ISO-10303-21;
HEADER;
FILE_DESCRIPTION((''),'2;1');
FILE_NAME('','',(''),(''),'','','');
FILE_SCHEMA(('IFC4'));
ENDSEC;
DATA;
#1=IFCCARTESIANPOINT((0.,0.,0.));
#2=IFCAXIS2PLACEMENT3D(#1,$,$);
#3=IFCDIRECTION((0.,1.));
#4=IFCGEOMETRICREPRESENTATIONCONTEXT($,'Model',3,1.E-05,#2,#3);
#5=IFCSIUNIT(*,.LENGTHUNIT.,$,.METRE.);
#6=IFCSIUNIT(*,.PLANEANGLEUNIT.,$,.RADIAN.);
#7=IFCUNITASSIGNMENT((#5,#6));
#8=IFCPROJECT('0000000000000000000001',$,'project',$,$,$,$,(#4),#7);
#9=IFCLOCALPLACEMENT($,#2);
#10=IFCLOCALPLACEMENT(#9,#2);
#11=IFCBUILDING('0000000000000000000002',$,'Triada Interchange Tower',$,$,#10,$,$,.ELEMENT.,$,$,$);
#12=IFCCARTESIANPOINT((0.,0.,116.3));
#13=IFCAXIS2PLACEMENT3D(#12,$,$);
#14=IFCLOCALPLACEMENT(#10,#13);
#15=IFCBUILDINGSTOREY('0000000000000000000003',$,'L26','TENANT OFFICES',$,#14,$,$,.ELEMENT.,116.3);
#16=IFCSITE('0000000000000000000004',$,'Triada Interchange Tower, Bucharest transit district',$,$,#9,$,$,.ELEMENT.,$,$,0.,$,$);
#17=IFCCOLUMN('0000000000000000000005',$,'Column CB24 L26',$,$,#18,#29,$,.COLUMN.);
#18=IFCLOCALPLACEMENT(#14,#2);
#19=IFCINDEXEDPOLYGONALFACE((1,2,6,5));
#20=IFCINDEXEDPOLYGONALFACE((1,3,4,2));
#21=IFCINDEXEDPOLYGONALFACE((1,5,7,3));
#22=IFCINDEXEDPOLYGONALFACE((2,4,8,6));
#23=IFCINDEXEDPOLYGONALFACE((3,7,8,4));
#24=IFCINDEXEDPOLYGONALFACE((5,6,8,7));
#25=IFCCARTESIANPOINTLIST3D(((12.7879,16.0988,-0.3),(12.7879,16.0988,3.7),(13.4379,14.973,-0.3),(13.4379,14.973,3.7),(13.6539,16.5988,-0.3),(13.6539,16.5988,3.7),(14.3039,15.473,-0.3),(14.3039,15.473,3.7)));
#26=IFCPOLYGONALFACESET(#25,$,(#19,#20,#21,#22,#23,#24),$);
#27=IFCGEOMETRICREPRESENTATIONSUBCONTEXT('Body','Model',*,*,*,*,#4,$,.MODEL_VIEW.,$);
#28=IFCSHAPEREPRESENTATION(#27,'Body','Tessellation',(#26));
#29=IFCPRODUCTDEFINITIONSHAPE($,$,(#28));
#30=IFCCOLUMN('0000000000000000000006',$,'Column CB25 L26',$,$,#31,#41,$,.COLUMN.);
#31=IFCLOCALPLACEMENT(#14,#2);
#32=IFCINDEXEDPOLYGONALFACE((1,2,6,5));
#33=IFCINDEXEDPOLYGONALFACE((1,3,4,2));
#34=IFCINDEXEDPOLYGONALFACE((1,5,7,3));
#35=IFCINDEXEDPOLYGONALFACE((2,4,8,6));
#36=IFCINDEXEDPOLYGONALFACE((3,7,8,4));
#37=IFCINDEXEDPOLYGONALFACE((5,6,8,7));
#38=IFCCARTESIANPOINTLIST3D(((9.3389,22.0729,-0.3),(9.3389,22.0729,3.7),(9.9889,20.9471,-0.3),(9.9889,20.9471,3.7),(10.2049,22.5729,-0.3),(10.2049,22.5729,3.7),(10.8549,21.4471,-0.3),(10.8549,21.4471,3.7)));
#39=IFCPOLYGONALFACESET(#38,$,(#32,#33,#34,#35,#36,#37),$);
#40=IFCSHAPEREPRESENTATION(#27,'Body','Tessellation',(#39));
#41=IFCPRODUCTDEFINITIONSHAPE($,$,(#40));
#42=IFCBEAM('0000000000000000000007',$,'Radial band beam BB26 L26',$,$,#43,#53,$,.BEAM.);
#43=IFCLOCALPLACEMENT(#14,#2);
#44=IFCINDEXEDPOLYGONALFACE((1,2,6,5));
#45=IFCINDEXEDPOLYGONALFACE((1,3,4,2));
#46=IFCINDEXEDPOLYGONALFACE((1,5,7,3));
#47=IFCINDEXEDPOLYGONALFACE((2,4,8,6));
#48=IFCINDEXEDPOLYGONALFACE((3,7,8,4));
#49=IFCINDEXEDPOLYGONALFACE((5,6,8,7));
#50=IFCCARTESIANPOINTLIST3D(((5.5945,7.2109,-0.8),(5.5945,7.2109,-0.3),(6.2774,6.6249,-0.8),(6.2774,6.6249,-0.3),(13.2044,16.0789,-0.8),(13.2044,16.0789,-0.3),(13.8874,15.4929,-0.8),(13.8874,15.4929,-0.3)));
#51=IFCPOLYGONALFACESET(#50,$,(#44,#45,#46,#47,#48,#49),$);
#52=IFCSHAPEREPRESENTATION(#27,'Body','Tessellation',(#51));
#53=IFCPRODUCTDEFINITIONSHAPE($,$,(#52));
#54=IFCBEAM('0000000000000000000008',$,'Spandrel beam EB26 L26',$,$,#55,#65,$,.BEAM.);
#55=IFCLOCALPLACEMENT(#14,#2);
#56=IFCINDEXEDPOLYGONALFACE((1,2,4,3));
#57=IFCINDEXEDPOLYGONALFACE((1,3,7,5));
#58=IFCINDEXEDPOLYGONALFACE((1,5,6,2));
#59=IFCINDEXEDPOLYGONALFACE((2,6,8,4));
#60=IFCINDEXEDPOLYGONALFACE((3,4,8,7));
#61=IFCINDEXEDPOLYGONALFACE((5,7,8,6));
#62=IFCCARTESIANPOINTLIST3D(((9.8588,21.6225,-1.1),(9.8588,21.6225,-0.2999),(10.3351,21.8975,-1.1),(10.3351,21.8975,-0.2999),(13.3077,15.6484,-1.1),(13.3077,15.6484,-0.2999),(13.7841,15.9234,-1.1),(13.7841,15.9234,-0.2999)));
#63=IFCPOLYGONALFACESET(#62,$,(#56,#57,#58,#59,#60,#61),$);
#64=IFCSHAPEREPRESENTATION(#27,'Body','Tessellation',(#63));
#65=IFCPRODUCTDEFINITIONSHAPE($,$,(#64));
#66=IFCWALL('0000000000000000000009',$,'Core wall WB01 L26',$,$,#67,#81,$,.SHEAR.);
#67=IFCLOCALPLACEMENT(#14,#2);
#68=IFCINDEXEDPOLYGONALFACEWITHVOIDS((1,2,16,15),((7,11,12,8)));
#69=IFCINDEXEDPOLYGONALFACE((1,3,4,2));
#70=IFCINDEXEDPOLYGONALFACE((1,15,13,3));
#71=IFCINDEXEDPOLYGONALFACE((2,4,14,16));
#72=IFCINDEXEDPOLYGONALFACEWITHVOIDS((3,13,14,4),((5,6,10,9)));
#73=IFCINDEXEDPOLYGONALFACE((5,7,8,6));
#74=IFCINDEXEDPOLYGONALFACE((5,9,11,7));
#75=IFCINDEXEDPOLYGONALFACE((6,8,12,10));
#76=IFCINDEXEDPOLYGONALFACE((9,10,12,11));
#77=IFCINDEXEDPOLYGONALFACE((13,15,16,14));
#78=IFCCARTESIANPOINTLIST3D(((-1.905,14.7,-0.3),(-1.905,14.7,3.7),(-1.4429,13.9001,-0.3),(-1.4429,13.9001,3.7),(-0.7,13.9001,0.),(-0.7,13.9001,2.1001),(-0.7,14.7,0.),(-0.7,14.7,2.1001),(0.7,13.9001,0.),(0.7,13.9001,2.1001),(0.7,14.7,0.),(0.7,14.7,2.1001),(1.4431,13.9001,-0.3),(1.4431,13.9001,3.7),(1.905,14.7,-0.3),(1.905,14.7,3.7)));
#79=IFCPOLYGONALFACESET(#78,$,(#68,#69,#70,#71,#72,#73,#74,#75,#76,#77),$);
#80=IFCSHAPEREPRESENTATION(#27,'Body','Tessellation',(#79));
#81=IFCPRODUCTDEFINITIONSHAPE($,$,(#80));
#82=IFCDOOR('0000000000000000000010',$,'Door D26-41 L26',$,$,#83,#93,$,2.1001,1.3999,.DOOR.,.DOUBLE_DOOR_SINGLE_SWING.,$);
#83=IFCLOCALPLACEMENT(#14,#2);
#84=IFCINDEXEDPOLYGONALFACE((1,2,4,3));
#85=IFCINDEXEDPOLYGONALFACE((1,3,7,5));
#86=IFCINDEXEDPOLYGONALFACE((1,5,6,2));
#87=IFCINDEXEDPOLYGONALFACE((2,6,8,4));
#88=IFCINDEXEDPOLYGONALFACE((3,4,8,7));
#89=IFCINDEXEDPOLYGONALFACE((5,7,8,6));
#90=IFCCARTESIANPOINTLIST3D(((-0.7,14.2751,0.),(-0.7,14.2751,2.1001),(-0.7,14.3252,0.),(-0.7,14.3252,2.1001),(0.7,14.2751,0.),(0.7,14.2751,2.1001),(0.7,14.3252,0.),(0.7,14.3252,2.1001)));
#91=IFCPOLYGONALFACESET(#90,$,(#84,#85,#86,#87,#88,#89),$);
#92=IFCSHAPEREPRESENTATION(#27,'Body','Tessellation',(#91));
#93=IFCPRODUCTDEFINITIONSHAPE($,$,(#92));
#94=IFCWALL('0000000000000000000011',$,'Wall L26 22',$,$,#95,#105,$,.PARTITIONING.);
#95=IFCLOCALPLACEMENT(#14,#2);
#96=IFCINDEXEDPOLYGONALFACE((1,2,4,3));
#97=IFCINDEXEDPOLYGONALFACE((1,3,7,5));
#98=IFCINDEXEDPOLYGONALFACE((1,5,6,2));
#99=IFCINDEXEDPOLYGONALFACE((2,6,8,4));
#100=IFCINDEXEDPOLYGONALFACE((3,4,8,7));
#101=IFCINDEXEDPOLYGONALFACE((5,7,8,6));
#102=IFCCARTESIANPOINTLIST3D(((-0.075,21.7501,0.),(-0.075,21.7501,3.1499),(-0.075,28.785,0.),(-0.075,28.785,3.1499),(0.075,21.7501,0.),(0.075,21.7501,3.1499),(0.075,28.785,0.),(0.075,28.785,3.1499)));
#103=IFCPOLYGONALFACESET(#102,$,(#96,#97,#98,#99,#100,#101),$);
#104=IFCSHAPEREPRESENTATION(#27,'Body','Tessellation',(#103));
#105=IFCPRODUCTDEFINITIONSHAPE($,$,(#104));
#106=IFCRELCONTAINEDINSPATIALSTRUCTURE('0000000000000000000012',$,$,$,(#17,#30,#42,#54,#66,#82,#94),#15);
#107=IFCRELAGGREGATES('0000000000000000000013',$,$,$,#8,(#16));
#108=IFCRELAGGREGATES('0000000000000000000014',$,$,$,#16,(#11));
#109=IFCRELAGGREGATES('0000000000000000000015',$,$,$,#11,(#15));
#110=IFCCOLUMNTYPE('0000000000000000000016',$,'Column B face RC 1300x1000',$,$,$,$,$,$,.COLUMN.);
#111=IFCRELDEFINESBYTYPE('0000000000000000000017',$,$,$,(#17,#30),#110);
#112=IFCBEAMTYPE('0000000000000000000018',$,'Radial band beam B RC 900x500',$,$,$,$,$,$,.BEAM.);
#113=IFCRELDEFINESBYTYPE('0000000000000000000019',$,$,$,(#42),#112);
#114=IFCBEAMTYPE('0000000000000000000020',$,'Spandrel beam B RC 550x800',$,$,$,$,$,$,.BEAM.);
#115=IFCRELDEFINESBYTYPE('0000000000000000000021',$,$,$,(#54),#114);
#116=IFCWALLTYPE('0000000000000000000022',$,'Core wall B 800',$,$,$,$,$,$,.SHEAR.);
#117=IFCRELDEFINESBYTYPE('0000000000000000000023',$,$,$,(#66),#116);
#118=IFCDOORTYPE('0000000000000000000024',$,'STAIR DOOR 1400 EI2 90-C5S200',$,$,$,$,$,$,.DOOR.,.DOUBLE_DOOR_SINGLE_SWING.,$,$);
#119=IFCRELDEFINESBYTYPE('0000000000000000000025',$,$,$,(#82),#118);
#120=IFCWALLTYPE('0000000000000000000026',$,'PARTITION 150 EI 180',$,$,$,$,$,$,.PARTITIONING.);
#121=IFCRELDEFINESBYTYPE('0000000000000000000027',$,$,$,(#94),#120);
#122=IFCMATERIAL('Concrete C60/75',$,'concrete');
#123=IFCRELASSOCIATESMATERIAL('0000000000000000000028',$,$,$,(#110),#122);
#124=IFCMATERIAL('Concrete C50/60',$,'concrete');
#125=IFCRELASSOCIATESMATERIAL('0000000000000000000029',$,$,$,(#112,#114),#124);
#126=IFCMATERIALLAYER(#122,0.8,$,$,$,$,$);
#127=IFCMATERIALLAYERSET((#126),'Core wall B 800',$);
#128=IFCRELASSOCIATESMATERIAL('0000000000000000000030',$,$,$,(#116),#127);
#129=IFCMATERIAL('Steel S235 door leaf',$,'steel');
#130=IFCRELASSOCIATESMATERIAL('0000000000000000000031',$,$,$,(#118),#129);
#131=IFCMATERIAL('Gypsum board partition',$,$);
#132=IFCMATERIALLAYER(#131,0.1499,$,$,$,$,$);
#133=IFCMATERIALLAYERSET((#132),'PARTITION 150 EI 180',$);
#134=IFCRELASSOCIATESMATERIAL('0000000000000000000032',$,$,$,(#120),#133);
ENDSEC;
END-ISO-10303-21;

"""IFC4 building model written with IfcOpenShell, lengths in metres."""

from ifc_helpers import new_model, si_unit, direction, frame, frame_2d, origin, origin_2d, place, context, subcontext, project, spatial, polyline, rectangle, outline, extrude, material, layer, layer_set, material_profile, profile_set, type_object, element, fill, save


model = new_model("IFC4")

# Units and contexts
model_context = context("Model", 3, precision=1e-05, world=origin(), true_north=direction((0.0, 1.0)))
body_context = subcontext(model_context, "Body", "Model", "MODEL_VIEW")
ifc_project = project(units=[si_unit("LENGTHUNIT", "METRE"), si_unit("PLANEANGLEUNIT", "RADIAN")], contexts=[model_context])

# Site, building, storey
site_placement = place(None, origin())
site = spatial("IfcSite", under=ifc_project, at=site_placement, Name="Triada Interchange Tower, Bucharest transit district", CompositionType="ELEMENT", RefElevation=0.0)
building_placement = place(site_placement, origin())
building = spatial("IfcBuilding", under=site, at=building_placement, Name="Triada Interchange Tower", CompositionType="ELEMENT")
storey_placement = place(building_placement, frame((0.0, 0.0, 116.3)))
storey = spatial("IfcBuildingStorey", under=building, at=storey_placement, Name="L26", Description="TENANT OFFICES", CompositionType="ELEMENT", Elevation=116.3)

# Columns
ifc_material_1 = material(Name="Concrete C60/75", Category="concrete")
ifc_material_profile_1 = material_profile(ifc_material_1, rectangle(XDim=1.3, YDim=1.0, at=origin_2d()), Name="RC 1300x1000")
ifc_profile_set_1 = profile_set([ifc_material_profile_1], Name="Concrete C60/75")
column_type = type_object("IfcColumnType", Name="Column B face RC 1300x1000", PredefinedType="COLUMN", material=ifc_profile_set_1)
for number, where, z_axis, x_axis, name in (
    (1, (13.5459, 15.7859, -0.3), (0.0, 0.0, 1.0), (-0.5, 0.866025, 0.0), "Column CB24 L26"),
    (2, (10.0969, 21.76, -0.3), (0.0, 0.0, 1.0), (-0.5, 0.866025, 0.0), "Column CB25 L26"),
):
    element("IfcColumn", number, at=place(storey_placement, frame(where, z_axis=z_axis, x_axis=x_axis)), inside=storey, type_object=column_type, Name=name, PredefinedType="COLUMN", context=body_context, shape_type="SweptSolid", body=[
        extrude(rectangle(XDim=1.3, YDim=1.0, at=origin_2d()), origin(), (0.0, 0.0, 1.0), 4.0),
    ])

# Beams
ifc_material_2 = material(Name="Concrete C50/60", Category="concrete")
ifc_material_profile_2 = material_profile(ifc_material_2, rectangle(XDim=0.8999, YDim=0.5, at=origin_2d()), Name="RC 900x500")
ifc_profile_set_2 = profile_set([ifc_material_profile_2], Name="Concrete C50/60")
beam_type_1 = type_object("IfcBeamType", Name="Radial band beam B RC 900x500", PredefinedType="BEAM", material=ifc_profile_set_2)
beam_1_placement = place(storey_placement, frame((13.5459, 15.7859, -0.55), z_axis=(-0.651225, -0.758885, 0.0), x_axis=(0.758885, -0.651225, 0.0)))
element("IfcBeam", 3, at=beam_1_placement, inside=storey, type_object=beam_type_1, Name="Radial band beam BB26 L26", PredefinedType="BEAM", context=body_context, shape_type="SweptSolid", body=[
    extrude(rectangle(XDim=0.8999, YDim=0.5, at=origin_2d()), origin(), (0.0, 0.0, 1.0), 11.6855),
])
ifc_material_profile_3 = material_profile(ifc_material_2, rectangle(XDim=0.55, YDim=0.8, at=origin_2d()), Name="RC 550x800")
ifc_profile_set_3 = profile_set([ifc_material_profile_3], Name="Concrete C50/60")
beam_type_2 = type_object("IfcBeamType", Name="Spandrel beam B RC 550x800", PredefinedType="BEAM", material=ifc_profile_set_3)
beam_2_placement = place(storey_placement, frame((13.5459, 15.7859, -0.7), z_axis=(-0.49998, 0.866037, 0.0), x_axis=(-0.866037, -0.49998, 0.0)))
element("IfcBeam", 4, at=beam_2_placement, inside=storey, type_object=beam_type_2, Name="Spandrel beam EB26 L26", PredefinedType="BEAM", context=body_context, shape_type="SweptSolid", body=[
    extrude(rectangle(XDim=0.55, YDim=0.8, at=origin_2d()), origin(), (0.0, 0.0, 1.0), 6.8982),
])

# Wall, opening, door
ifc_layer_1 = layer(ifc_material_1, 0.8)
ifc_layer_set_1 = layer_set([ifc_layer_1], Name="Core wall B 800")
wall_type_1 = type_object("IfcWallType", Name="Core wall B 800", PredefinedType="SHEAR", material=ifc_layer_set_1)
wall_1_placement = place(storey_placement, frame((1.6741, 14.3, -0.3), z_axis=(0.0, 0.0, 1.0), x_axis=(-1.0, 0.0, 0.0)))
wall_1 = element("IfcWall", 5, at=wall_1_placement, inside=storey, type_object=wall_type_1, Name="Core wall WB01 L26", PredefinedType="SHEAR", context=body_context, shape_type="SweptSolid", body=[
    extrude(outline(polyline([(-0.231, -0.3999), (1.6741, -0.3999), (3.5791, -0.3999), (3.1169, 0.3999), (1.6738, 0.3999), (0.231, 0.3999), (-0.231, -0.3999)])), origin(), (0.0, 0.0, 1.0), 4.0),
])
opening_1_placement = place(wall_1_placement, frame((0.9741, 0.0, 0.3)))
opening_1 = element("IfcOpeningElement", 6, at=opening_1_placement, cuts=wall_1, PredefinedType="OPENING", context=body_context, shape_type="SweptSolid", body=[
    extrude(rectangle(XDim=1.3999, YDim=2.1001, at=frame_2d((0.7, 1.05))), frame((0.0, 0.4099, 0.0), z_axis=(0.0, -1.0, 0.0), x_axis=(1.0, 0.0, 0.0)), (0.0, 0.0, 1.0), 0.8201),
])
ifc_material_3 = material(Name="Steel S235 door leaf", Category="steel")
door_type_1 = type_object("IfcDoorType", Name="STAIR DOOR 1400 EI2 90-C5S200", OperationType="DOUBLE_DOOR_SINGLE_SWING", PredefinedType="DOOR", material=ifc_material_3)
door_1_placement = place(opening_1_placement, origin())
door_1 = element("IfcDoor", 7, at=door_1_placement, inside=storey, type_object=door_type_1, Name="Door D26-41 L26", OperationType="DOUBLE_DOOR_SINGLE_SWING", OverallHeight=2.1001, OverallWidth=1.3999, PredefinedType="DOOR", context=body_context, shape_type="SweptSolid", body=[
    extrude(rectangle(XDim=1.3999, YDim=2.1001, at=frame_2d((0.7, 1.05))), frame((0.0, 0.0249, 0.0), z_axis=(0.0, -1.0, 0.0), x_axis=(1.0, 0.0, 0.0)), (0.0, 0.0, 1.0), 0.05),
])
fill(opening_1, door_1)

# Wall
ifc_material_4 = material(Name="Gypsum board partition")
ifc_layer_2 = layer(ifc_material_4, 0.1499)
ifc_layer_set_2 = layer_set([ifc_layer_2], Name="PARTITION 150 EI 180")
wall_type_2 = type_object("IfcWallType", Name="PARTITION 150 EI 180", PredefinedType="PARTITIONING", material=ifc_layer_set_2)
wall_2_placement = place(storey_placement, frame((0.0, 21.75, 0.0), z_axis=(0.0, 0.0, 1.0), x_axis=(0.0, 1.0, 0.0)))
element("IfcWall", 8, at=wall_2_placement, inside=storey, type_object=wall_type_2, Name="Wall L26 22", PredefinedType="PARTITIONING", context=body_context, shape_type="SweptSolid", body=[
    extrude(rectangle(XDim=7.0349, YDim=0.1499, at=frame_2d((3.5176, 0.0))), origin(), (0.0, 0.0, 1.0), 3.1499),
])

save(model, "model.ifc")
